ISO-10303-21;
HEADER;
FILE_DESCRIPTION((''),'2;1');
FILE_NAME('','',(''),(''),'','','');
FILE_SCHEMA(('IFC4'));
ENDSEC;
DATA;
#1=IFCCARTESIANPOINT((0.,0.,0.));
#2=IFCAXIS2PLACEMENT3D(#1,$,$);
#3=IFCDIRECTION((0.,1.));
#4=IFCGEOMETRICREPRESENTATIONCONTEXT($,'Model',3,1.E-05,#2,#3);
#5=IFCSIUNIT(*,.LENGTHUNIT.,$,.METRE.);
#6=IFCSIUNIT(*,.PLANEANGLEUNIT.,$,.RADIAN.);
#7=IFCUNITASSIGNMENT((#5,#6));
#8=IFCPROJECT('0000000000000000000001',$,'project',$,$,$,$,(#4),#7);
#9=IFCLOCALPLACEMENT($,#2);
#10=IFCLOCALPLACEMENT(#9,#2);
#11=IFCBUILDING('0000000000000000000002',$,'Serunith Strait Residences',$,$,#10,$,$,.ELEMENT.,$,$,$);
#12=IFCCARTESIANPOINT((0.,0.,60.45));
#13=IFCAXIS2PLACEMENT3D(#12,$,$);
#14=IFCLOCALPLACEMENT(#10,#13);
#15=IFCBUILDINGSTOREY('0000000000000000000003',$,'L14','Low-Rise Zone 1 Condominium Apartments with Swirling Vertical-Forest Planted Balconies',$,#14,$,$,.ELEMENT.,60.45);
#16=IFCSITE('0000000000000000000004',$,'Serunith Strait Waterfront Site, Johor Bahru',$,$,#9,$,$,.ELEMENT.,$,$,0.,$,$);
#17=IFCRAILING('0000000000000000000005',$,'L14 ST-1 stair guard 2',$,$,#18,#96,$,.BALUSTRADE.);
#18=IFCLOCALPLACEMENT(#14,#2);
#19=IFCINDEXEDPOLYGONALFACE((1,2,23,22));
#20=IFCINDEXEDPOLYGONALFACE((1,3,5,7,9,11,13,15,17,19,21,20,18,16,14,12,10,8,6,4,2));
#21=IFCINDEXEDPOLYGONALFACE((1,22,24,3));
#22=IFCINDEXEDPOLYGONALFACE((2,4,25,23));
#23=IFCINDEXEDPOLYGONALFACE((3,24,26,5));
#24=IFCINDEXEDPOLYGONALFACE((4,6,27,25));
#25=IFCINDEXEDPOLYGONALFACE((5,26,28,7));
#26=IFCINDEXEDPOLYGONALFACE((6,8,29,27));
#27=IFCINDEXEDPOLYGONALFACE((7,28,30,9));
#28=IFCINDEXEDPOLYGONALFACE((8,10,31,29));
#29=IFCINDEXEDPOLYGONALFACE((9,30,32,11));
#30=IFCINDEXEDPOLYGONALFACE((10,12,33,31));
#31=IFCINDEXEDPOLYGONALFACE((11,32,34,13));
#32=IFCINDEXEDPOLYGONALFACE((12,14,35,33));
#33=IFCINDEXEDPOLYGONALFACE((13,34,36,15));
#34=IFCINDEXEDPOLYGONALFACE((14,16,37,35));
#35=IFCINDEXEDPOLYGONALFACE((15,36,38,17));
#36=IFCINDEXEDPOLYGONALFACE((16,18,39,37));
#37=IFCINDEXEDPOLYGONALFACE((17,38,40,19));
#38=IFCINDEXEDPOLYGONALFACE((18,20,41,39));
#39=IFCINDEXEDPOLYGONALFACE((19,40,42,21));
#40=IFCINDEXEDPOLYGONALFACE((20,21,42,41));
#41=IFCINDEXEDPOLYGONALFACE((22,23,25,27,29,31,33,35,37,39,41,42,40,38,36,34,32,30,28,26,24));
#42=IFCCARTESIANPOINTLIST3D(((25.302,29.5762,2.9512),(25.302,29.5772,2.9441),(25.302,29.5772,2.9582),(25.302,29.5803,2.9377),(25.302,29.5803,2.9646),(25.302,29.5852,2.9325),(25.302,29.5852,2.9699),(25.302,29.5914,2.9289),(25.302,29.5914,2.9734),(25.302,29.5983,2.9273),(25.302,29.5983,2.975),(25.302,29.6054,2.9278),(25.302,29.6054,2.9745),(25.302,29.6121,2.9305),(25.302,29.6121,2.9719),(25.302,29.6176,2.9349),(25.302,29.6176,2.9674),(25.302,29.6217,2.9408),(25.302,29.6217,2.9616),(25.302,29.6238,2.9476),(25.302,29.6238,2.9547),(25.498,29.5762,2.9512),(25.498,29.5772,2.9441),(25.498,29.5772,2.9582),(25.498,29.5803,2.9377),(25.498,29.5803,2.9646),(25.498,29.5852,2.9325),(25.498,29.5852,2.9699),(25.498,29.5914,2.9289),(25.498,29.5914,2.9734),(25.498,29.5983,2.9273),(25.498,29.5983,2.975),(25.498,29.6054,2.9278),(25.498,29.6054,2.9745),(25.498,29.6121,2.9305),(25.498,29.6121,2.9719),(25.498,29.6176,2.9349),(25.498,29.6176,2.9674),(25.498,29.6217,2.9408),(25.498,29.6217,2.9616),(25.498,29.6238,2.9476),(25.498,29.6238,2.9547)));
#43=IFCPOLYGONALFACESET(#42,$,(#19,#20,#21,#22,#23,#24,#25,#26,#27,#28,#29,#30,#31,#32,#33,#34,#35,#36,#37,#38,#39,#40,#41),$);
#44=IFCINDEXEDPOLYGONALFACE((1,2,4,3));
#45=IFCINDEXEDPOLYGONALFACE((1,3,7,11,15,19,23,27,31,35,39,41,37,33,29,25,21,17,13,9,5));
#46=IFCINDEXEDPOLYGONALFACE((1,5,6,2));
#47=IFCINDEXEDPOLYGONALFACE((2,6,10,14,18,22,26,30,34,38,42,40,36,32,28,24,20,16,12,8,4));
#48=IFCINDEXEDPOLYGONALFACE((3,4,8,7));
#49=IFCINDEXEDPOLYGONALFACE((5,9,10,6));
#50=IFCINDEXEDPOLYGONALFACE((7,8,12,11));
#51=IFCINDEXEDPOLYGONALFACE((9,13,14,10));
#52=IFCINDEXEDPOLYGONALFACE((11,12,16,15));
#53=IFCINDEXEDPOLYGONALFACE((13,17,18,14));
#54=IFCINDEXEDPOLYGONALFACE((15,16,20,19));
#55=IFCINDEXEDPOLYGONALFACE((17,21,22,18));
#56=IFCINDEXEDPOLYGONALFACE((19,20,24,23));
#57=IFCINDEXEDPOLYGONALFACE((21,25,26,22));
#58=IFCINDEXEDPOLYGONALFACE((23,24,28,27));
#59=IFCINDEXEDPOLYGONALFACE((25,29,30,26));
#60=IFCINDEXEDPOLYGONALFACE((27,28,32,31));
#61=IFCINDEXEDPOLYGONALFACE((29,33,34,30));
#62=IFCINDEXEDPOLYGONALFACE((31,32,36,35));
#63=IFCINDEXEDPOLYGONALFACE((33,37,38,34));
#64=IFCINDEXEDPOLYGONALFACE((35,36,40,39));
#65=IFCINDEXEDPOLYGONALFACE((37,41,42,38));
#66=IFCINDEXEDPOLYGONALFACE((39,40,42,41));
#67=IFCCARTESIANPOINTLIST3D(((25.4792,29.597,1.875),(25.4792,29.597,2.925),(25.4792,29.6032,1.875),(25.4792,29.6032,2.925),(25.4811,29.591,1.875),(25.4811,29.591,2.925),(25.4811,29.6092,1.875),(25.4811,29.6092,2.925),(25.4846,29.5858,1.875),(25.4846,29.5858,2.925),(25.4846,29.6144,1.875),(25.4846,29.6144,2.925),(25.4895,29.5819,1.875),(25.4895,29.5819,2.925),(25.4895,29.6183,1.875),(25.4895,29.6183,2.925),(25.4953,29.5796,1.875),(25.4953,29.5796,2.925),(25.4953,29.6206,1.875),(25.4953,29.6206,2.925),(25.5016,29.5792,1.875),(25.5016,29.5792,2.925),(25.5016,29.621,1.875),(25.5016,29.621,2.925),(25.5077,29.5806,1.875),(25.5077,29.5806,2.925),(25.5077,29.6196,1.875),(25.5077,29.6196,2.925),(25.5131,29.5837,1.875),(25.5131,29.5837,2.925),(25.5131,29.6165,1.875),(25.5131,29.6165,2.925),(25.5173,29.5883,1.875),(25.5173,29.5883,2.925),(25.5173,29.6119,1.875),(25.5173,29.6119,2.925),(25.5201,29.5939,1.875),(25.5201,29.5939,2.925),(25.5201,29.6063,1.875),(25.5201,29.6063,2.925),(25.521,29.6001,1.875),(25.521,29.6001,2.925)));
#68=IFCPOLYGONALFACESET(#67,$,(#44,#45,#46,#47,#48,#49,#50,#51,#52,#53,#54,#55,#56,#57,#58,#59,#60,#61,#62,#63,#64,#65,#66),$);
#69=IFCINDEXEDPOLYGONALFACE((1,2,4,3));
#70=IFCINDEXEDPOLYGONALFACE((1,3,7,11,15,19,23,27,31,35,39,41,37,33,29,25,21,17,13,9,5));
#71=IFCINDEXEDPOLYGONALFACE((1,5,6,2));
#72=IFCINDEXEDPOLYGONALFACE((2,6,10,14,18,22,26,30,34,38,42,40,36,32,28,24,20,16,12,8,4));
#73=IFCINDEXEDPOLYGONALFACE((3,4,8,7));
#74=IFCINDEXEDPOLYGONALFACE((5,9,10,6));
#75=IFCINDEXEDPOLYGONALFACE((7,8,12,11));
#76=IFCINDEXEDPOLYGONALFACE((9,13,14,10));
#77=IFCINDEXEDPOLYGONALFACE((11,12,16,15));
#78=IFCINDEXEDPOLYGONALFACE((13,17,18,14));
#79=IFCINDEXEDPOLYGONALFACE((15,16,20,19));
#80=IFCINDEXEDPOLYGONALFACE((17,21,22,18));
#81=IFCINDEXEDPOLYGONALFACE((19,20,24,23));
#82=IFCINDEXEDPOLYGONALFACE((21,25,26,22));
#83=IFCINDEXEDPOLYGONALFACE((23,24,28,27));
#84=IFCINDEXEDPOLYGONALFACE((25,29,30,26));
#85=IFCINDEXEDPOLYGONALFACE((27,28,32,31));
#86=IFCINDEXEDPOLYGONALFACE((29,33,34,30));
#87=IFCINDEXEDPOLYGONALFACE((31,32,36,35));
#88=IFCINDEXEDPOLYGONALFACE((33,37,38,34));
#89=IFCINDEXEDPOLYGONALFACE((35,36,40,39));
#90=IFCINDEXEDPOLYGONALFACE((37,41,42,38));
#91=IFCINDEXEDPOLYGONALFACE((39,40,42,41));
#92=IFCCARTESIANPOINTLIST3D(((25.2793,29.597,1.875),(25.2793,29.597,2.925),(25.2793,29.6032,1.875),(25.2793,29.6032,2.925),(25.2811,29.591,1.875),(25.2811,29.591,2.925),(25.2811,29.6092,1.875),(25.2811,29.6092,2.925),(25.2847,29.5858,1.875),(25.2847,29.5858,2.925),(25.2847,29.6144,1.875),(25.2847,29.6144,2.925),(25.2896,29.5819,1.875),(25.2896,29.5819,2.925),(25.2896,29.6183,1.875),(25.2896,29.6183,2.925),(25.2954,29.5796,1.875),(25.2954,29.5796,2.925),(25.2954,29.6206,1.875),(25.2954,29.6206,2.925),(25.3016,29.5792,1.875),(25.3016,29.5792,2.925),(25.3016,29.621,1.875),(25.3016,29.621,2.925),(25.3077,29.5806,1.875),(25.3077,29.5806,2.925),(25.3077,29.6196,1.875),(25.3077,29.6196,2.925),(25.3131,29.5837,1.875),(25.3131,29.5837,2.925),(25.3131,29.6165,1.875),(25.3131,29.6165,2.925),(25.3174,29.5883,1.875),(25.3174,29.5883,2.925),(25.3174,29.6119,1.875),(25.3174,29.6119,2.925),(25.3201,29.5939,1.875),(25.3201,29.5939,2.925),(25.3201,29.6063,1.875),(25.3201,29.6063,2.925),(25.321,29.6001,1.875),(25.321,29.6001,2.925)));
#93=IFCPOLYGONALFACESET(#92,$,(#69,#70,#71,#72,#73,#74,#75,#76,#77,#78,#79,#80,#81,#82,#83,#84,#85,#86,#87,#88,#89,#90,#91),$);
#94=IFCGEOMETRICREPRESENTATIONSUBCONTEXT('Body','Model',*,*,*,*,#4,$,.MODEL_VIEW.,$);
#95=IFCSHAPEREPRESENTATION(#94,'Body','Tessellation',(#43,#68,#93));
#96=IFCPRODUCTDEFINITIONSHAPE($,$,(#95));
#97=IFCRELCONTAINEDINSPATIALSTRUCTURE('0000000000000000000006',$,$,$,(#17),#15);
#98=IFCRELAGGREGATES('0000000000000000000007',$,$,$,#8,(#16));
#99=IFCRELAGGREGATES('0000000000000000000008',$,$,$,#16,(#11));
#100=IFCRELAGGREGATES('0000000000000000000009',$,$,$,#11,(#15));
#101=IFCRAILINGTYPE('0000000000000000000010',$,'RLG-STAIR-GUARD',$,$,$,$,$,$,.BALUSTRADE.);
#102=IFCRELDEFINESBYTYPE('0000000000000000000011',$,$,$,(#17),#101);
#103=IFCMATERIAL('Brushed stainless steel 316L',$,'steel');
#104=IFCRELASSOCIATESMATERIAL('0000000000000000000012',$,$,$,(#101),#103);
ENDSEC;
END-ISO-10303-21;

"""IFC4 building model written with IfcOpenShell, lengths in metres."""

from ifc_helpers import new_model, si_unit, direction, frame, origin, origin_2d, place, context, subcontext, project, spatial, circle, extrude, material, type_object, element, save


model = new_model("IFC4")

# Units and contexts
model_context = context("Model", 3, precision=1e-05, world=origin(), true_north=direction((0.0, 1.0)))
body_context = subcontext(model_context, "Body", "Model", "MODEL_VIEW")
ifc_project = project(units=[si_unit("LENGTHUNIT", "METRE"), si_unit("PLANEANGLEUNIT", "RADIAN")], contexts=[model_context])

# Site, building, storey
site_placement = place(None, origin())
site = spatial("IfcSite", under=ifc_project, at=site_placement, Name="Serunith Strait Waterfront Site, Johor Bahru", CompositionType="ELEMENT", RefElevation=0.0)
building_placement = place(site_placement, origin())
building = spatial("IfcBuilding", under=site, at=building_placement, Name="Serunith Strait Residences", CompositionType="ELEMENT")
storey_placement = place(building_placement, frame((0.0, 0.0, 60.45)))
storey = spatial("IfcBuildingStorey", under=building, at=storey_placement, Name="L14", Description="Low-Rise Zone 1 Condominium Apartments with Swirling Vertical-Forest Planted Balconies", CompositionType="ELEMENT", Elevation=60.45)

# Railing
ifc_material_1 = material(Name="Brushed stainless steel 316L", Category="steel")
railing_type_1 = type_object("IfcRailingType", Name="RLG-STAIR-GUARD", PredefinedType="BALUSTRADE", material=ifc_material_1)
railing_1_placement = place(storey_placement, frame((25.5, 29.6001, 1.875)))
element("IfcRailing", 1, at=railing_1_placement, inside=storey, type_object=railing_type_1, Name="L14 ST-1 stair guard 2", PredefinedType="BALUSTRADE", context=body_context, shape_type="SweptSolid", body=[
    extrude(circle(Radius=0.0239, at=origin_2d()), frame((-0.002, 0.0, 1.0762), z_axis=(-1.0, 0.0, 0.0), x_axis=(0.0, -1.0, 0.0)), (0.0, 0.0, 1.0), 0.196),
    extrude(circle(Radius=0.021, at=origin_2d()), origin(), (0.0, 0.0, 1.0), 1.05),
    extrude(circle(Radius=0.021, at=origin_2d()), frame((-0.2, 0.0, 0.0)), (0.0, 0.0, 1.0), 1.05),
])

save(model, "model.ifc")
